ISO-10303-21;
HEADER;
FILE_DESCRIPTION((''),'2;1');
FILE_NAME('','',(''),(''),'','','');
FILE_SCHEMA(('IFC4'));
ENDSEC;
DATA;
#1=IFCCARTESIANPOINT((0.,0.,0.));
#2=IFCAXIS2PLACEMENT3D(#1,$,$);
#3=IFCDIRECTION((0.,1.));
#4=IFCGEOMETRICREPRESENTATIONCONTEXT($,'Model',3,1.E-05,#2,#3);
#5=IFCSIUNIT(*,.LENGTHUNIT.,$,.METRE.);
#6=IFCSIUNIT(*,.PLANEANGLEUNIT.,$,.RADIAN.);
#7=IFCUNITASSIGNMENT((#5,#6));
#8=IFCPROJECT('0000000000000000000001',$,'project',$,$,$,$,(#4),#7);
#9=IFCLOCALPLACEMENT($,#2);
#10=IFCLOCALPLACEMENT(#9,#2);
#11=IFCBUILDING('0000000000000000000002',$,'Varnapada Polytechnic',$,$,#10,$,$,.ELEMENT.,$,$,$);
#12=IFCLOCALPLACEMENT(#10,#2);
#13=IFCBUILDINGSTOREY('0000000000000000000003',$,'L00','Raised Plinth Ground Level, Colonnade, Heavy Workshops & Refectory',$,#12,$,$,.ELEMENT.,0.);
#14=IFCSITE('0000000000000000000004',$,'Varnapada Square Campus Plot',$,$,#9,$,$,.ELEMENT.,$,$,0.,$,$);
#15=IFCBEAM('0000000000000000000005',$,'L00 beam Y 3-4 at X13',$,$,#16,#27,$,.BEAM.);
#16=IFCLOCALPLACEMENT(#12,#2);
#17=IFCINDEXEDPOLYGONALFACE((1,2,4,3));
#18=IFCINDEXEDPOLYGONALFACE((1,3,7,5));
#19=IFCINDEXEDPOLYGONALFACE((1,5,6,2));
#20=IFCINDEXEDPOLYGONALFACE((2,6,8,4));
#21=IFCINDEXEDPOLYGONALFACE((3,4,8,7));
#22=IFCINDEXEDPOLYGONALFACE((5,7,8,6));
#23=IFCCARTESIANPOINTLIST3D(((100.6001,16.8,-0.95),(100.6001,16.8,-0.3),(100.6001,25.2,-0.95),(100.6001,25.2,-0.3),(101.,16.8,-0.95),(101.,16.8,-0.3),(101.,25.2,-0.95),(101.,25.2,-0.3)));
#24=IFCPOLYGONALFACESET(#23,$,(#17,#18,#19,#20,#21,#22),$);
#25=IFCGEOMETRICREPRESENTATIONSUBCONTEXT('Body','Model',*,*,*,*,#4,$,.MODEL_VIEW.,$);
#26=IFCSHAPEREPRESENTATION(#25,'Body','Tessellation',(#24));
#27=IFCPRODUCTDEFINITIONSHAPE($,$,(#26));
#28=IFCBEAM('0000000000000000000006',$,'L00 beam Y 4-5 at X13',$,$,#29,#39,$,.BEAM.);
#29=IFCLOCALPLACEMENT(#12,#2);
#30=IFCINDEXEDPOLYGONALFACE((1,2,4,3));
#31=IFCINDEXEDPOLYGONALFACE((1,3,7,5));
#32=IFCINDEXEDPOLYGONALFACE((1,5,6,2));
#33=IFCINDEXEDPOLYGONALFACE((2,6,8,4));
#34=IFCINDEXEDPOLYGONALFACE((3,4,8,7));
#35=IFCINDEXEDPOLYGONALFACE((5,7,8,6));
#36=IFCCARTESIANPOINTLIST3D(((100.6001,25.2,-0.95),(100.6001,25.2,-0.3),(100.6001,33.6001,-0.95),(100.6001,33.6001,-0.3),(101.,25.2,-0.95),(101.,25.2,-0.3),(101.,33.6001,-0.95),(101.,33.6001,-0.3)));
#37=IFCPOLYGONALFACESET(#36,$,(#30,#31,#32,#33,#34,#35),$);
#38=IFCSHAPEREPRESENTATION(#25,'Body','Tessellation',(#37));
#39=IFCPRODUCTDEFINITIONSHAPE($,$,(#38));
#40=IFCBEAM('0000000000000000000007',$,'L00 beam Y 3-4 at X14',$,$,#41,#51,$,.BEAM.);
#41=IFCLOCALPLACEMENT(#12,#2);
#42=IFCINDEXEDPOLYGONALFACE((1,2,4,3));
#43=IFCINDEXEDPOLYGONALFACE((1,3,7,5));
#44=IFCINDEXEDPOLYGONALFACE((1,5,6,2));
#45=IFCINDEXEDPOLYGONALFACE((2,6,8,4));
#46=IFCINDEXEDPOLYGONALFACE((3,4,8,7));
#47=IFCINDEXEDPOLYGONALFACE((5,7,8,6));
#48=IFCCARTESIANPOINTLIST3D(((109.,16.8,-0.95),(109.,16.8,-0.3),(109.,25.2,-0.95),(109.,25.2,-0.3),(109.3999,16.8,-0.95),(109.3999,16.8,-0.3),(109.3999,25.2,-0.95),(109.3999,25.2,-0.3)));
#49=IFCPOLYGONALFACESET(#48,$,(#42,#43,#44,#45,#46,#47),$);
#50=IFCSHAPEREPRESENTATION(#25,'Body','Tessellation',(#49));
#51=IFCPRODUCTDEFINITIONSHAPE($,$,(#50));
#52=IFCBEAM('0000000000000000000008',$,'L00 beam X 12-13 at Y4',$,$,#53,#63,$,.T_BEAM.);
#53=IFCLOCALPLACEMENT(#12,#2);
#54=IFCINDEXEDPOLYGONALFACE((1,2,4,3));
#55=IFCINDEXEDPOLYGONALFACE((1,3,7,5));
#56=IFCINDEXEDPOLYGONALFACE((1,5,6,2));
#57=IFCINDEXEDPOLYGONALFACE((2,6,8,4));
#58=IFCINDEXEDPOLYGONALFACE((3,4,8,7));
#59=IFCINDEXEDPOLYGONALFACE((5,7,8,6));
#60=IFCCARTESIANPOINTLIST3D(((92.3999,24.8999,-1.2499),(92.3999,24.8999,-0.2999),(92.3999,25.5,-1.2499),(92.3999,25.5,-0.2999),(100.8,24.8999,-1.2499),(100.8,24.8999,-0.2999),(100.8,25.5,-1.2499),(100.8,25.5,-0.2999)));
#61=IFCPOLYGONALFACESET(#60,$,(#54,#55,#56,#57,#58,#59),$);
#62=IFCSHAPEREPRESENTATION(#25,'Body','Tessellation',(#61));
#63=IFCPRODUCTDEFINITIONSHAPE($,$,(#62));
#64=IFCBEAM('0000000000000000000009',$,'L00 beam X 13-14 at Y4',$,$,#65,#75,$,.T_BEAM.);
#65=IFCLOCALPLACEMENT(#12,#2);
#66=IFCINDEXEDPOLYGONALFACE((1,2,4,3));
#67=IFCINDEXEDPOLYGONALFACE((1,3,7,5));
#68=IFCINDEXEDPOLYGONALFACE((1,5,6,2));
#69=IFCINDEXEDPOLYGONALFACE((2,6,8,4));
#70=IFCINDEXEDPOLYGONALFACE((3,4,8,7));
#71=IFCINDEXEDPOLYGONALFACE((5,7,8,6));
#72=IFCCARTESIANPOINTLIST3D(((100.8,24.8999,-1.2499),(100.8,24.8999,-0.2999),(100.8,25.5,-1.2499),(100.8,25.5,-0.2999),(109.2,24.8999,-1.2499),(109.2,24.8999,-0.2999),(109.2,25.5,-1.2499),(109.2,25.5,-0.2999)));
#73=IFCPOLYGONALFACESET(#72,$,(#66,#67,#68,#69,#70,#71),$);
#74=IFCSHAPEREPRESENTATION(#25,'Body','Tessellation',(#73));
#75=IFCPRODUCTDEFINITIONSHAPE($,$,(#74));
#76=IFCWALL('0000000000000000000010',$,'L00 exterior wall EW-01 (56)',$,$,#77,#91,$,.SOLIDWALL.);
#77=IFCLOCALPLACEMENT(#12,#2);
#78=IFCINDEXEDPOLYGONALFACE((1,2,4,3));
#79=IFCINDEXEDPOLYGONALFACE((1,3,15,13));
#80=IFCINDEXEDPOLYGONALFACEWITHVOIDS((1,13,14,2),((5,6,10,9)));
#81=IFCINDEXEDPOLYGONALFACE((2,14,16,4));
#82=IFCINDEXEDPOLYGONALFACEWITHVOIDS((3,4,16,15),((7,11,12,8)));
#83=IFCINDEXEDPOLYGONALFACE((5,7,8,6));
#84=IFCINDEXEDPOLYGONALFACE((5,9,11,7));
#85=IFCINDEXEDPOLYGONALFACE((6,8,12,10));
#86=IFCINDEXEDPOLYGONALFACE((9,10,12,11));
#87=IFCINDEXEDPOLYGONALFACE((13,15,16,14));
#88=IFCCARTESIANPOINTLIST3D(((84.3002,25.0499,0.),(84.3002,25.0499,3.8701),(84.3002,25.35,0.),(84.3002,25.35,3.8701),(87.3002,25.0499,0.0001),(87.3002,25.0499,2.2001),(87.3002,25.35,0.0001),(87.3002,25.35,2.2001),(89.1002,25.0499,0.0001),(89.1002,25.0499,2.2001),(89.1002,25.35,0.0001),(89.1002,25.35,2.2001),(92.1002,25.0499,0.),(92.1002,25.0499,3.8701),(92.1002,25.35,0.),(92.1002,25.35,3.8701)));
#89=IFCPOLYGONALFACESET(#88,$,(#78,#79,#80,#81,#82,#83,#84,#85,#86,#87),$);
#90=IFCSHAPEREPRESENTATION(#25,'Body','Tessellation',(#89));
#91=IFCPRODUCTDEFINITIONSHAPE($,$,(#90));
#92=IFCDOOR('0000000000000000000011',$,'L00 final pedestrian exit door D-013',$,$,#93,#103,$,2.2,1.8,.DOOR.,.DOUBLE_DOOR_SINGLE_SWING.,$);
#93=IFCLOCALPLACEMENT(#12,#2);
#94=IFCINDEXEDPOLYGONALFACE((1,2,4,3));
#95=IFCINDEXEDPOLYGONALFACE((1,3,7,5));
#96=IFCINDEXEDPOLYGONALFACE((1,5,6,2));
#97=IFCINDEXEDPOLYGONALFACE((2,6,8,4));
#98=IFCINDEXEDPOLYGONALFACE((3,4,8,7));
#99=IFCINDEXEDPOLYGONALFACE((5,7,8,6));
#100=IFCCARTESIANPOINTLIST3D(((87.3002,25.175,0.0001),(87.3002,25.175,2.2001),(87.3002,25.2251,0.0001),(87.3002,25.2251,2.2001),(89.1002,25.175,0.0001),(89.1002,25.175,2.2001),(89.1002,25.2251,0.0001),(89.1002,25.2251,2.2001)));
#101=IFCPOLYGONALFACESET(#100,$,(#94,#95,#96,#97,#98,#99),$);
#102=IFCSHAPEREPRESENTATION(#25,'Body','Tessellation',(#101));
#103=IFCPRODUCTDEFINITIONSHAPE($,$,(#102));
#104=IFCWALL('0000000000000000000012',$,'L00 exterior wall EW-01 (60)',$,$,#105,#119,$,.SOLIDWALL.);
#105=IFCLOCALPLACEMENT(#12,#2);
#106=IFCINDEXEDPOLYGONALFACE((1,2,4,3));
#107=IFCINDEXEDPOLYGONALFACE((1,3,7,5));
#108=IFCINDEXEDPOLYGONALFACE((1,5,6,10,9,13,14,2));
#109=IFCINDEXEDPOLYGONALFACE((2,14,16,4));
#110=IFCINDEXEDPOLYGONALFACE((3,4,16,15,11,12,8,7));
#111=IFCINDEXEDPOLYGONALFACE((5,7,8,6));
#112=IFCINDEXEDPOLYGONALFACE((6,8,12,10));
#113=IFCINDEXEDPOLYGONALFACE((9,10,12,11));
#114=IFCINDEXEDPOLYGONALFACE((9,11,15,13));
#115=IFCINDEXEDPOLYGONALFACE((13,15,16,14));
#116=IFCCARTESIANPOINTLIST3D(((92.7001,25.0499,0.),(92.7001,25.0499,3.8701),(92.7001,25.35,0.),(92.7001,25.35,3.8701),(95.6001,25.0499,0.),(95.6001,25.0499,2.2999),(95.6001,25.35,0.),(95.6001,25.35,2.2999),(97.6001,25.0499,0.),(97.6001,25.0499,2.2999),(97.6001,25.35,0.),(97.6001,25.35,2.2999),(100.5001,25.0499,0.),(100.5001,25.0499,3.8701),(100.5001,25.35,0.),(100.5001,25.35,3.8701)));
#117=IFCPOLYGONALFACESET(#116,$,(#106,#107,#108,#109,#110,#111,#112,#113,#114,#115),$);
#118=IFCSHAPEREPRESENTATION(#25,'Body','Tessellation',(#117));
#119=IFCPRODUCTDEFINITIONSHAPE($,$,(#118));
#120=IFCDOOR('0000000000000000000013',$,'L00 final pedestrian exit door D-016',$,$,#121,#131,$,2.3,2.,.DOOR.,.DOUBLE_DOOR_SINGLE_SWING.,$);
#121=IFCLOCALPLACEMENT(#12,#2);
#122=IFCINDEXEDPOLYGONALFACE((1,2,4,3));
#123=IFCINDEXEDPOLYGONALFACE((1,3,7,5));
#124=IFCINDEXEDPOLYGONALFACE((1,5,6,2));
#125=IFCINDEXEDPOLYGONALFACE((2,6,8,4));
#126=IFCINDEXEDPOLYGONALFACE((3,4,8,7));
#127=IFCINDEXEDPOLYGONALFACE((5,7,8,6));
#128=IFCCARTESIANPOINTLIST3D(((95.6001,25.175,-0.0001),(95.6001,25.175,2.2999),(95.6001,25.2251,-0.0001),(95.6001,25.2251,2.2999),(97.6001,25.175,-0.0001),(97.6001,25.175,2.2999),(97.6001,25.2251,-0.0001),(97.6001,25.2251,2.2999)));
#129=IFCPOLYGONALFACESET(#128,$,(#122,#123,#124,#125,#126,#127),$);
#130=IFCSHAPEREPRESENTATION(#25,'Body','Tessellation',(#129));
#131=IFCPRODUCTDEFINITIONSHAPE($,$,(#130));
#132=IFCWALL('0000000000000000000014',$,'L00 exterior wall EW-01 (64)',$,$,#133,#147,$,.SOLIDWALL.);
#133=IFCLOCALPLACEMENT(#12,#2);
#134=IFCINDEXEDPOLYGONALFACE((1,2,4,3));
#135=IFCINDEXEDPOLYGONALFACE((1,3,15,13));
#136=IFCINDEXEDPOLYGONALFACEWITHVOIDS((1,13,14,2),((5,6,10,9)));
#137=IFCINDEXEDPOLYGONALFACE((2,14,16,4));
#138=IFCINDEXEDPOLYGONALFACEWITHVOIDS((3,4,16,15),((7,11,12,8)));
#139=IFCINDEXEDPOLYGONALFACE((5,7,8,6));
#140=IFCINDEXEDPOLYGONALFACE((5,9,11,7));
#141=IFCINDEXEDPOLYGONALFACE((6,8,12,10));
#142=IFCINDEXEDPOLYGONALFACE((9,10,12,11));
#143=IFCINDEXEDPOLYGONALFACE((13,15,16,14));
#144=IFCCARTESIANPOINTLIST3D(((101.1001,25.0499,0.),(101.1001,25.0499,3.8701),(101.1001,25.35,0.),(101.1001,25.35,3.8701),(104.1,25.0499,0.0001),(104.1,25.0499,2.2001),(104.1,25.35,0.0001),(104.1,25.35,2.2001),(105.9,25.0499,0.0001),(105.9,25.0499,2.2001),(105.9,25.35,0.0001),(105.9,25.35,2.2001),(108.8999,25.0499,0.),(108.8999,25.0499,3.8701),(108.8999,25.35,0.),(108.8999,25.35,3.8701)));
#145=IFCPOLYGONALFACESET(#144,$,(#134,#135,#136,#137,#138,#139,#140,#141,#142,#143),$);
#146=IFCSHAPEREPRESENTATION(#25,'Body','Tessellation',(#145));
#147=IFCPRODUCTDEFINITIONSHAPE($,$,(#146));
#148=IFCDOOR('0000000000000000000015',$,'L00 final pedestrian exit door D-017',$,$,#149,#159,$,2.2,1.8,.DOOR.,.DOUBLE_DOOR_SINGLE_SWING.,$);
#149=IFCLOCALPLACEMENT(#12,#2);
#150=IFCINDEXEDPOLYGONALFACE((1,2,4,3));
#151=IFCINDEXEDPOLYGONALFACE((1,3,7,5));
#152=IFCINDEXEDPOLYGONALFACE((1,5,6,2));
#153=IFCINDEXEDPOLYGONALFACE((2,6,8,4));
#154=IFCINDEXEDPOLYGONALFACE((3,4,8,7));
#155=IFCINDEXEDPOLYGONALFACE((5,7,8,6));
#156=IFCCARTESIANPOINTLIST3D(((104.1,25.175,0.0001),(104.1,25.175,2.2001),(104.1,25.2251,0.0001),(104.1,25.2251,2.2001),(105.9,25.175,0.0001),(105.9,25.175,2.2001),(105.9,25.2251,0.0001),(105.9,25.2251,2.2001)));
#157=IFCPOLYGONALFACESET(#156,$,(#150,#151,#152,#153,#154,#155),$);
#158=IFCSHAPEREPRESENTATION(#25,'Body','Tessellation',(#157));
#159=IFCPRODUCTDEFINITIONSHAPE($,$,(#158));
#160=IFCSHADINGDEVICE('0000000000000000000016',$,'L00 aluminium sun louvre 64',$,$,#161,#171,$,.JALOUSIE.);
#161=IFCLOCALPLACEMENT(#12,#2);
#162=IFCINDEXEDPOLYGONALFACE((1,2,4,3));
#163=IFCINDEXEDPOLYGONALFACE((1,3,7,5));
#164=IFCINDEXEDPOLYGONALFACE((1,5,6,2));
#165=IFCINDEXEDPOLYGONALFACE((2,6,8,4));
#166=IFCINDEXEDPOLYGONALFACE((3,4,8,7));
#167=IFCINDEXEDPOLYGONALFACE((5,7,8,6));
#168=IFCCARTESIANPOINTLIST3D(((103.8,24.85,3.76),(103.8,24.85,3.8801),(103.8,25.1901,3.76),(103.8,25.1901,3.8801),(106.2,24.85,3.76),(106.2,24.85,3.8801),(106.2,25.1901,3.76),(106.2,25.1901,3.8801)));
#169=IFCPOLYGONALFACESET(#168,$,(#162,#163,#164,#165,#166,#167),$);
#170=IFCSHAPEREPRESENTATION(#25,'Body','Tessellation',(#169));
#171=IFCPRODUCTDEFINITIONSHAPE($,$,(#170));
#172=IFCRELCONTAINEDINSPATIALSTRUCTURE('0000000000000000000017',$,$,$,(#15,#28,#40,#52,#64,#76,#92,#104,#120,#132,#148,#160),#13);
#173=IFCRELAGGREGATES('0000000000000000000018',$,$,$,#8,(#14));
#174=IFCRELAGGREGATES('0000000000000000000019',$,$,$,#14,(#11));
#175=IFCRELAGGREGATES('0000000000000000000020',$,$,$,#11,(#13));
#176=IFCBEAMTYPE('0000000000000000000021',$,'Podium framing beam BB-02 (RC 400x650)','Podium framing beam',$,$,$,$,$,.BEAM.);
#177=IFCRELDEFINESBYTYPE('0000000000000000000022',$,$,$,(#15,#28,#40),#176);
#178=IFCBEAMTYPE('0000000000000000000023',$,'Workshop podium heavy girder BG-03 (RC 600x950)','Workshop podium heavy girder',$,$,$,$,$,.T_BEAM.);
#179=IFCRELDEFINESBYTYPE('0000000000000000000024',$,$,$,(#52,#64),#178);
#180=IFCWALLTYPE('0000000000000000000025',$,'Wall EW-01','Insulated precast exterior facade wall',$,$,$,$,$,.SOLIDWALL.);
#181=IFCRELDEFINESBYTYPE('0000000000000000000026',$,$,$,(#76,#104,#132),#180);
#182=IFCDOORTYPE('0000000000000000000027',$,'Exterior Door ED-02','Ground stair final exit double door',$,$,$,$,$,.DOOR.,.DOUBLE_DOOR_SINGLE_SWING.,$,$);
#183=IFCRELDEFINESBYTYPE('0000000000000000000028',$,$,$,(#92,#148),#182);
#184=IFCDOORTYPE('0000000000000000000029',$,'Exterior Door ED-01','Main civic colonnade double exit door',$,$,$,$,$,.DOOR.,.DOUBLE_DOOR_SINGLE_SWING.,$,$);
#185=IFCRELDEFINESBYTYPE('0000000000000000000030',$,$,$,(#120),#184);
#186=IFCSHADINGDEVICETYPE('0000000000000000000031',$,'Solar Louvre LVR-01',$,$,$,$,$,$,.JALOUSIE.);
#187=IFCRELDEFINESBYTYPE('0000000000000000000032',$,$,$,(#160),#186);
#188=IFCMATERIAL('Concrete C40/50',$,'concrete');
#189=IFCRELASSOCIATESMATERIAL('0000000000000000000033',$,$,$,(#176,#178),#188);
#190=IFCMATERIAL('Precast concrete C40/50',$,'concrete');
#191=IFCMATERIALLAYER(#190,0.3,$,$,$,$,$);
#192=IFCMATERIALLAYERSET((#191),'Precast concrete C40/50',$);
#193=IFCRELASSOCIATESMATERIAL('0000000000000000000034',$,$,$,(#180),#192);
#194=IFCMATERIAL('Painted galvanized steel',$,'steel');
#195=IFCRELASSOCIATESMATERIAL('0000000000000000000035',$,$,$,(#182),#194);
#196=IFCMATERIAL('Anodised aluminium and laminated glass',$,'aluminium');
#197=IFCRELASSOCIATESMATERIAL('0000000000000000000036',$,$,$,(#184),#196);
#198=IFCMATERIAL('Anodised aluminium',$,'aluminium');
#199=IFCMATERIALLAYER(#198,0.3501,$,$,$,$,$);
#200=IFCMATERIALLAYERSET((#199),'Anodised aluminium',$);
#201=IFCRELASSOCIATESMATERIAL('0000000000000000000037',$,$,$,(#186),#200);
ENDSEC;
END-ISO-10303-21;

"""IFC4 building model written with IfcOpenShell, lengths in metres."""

from ifc_helpers import new_model, si_unit, direction, frame, frame_2d, origin, origin_2d, place, context, subcontext, project, spatial, rectangle, extrude, material, layer, layer_set, material_profile, profile_set, type_object, element, fill, save


model = new_model("IFC4")

# Units and contexts
model_context = context("Model", 3, precision=1e-05, world=origin(), true_north=direction((0.0, 1.0)))
body_context = subcontext(model_context, "Body", "Model", "MODEL_VIEW")
ifc_project = project(units=[si_unit("LENGTHUNIT", "METRE"), si_unit("PLANEANGLEUNIT", "RADIAN")], contexts=[model_context])

# Site, building, storey
site_placement = place(None, origin())
site = spatial("IfcSite", under=ifc_project, at=site_placement, Name="Varnapada Square Campus Plot", CompositionType="ELEMENT", RefElevation=0.0)
building_placement = place(site_placement, origin())
building = spatial("IfcBuilding", under=site, at=building_placement, Name="Varnapada Polytechnic", CompositionType="ELEMENT")
storey_placement = place(building_placement, origin())
storey = spatial("IfcBuildingStorey", under=building, at=storey_placement, Name="L00", Description="Raised Plinth Ground Level, Colonnade, Heavy Workshops & Refectory", CompositionType="ELEMENT", Elevation=0.0)

# Shared definitions
ifc_material_1 = material(Name="Concrete C40/50", Category="concrete")

# Beams
ifc_material_profile_1 = material_profile(ifc_material_1, rectangle(XDim=0.3999, YDim=0.6499, at=origin_2d()), Name="RC 400x650")
ifc_profile_set_1 = profile_set([ifc_material_profile_1], Name="Concrete C40/50")
beam_type_1 = type_object("IfcBeamType", Name="Podium framing beam BB-02 (RC 400x650)", Description="Podium framing beam", PredefinedType="BEAM", material=ifc_profile_set_1)
beam_1_placement = place(storey_placement, frame((100.8, 16.8, -0.625), z_axis=(0.0, 1.0, 0.0), x_axis=(-1.0, 0.0, 0.0)))
element("IfcBeam", 1, at=beam_1_placement, inside=storey, type_object=beam_type_1, Name="L00 beam Y 3-4 at X13", PredefinedType="BEAM", context=body_context, shape_type="SweptSolid", body=[
    extrude(rectangle(XDim=0.3999, YDim=0.6499, at=origin_2d()), origin(), (0.0, 0.0, 1.0), 8.3999),
])
beam_2_placement = place(storey_placement, frame((100.8, 25.2, -0.625), z_axis=(0.0, 1.0, 0.0), x_axis=(-1.0, 0.0, 0.0)))
element("IfcBeam", 2, at=beam_2_placement, inside=storey, type_object=beam_type_1, Name="L00 beam Y 4-5 at X13", PredefinedType="BEAM", context=body_context, shape_type="SweptSolid", body=[
    extrude(rectangle(XDim=0.3999, YDim=0.6499, at=origin_2d()), origin(), (0.0, 0.0, 1.0), 8.4001),
])
beam_3_placement = place(storey_placement, frame((109.2, 16.8, -0.625), z_axis=(0.0, 1.0, 0.0), x_axis=(-1.0, 0.0, 0.0)))
element("IfcBeam", 3, at=beam_3_placement, inside=storey, type_object=beam_type_1, Name="L00 beam Y 3-4 at X14", PredefinedType="BEAM", context=body_context, shape_type="SweptSolid", body=[
    extrude(rectangle(XDim=0.3999, YDim=0.6499, at=origin_2d()), origin(), (0.0, 0.0, 1.0), 8.3999),
])
ifc_material_profile_2 = material_profile(ifc_material_1, rectangle(XDim=0.6001, YDim=0.95, at=origin_2d()), Name="RC 600x950")
ifc_profile_set_2 = profile_set([ifc_material_profile_2], Name="Concrete C40/50")
beam_type_2 = type_object("IfcBeamType", Name="Workshop podium heavy girder BG-03 (RC 600x950)", Description="Workshop podium heavy girder", PredefinedType="T_BEAM", material=ifc_profile_set_2)
beam_4_placement = place(storey_placement, frame((92.3999, 25.2, -0.7749), z_axis=(1.0, 0.0, 0.0), x_axis=(0.0, 1.0, 0.0)))
element("IfcBeam", 4, at=beam_4_placement, inside=storey, type_object=beam_type_2, Name="L00 beam X 12-13 at Y4", PredefinedType="T_BEAM", context=body_context, shape_type="SweptSolid", body=[
    extrude(rectangle(XDim=0.6001, YDim=0.95, at=origin_2d()), origin(), (0.0, 0.0, 1.0), 8.4001),
])
beam_5_placement = place(storey_placement, frame((100.8, 25.2, -0.7749), z_axis=(1.0, 0.0, 0.0), x_axis=(0.0, 1.0, 0.0)))
element("IfcBeam", 5, at=beam_5_placement, inside=storey, type_object=beam_type_2, Name="L00 beam X 13-14 at Y4", PredefinedType="T_BEAM", context=body_context, shape_type="SweptSolid", body=[
    extrude(rectangle(XDim=0.6001, YDim=0.95, at=origin_2d()), origin(), (0.0, 0.0, 1.0), 8.3999),
])

# Walls, openings, doors
ifc_material_2 = material(Name="Precast concrete C40/50", Category="concrete")
ifc_layer_1 = layer(ifc_material_2, 0.3)
ifc_layer_set_1 = layer_set([ifc_layer_1], Name="Precast concrete C40/50")
wall_type = type_object("IfcWallType", Name="Wall EW-01", Description="Insulated precast exterior facade wall", PredefinedType="SOLIDWALL", material=ifc_layer_set_1)
wall_1_placement = place(storey_placement, frame((92.1001, 25.2, 0.0), z_axis=(0.0, 0.0, 1.0), x_axis=(-1.0, 0.0, 0.0)))
wall_1 = element("IfcWall", 6, at=wall_1_placement, inside=storey, type_object=wall_type, Name="L00 exterior wall EW-01 (56)", PredefinedType="SOLIDWALL", context=body_context, shape_type="SweptSolid", body=[
    extrude(rectangle(XDim=7.8, YDim=0.3, at=frame_2d((3.8999, 0.0))), origin(), (0.0, 0.0, 1.0), 3.8701),
])
opening_1_placement = place(wall_1_placement, frame((3.0, 0.0, 0.0)))
opening_1 = element("IfcOpeningElement", 7, at=opening_1_placement, cuts=wall_1, PredefinedType="OPENING", context=body_context, shape_type="SweptSolid", body=[
    extrude(rectangle(XDim=1.8, YDim=2.2, at=frame_2d((0.8999, 1.1001))), frame((0.0, 0.1599, 0.0), z_axis=(0.0, -1.0, 0.0), x_axis=(1.0, 0.0, 0.0)), (0.0, 0.0, 1.0), 0.3201),
])
ifc_material_3 = material(Name="Painted galvanized steel", Category="steel")
door_type_1 = type_object("IfcDoorType", Name="Exterior Door ED-02", Description="Ground stair final exit double door", OperationType="DOUBLE_DOOR_SINGLE_SWING", PredefinedType="DOOR", material=ifc_material_3)
door_1_placement = place(opening_1_placement, origin())
door_1 = element("IfcDoor", 8, at=door_1_placement, inside=storey, type_object=door_type_1, Name="L00 final pedestrian exit door D-013", OperationType="DOUBLE_DOOR_SINGLE_SWING", OverallHeight=2.2, OverallWidth=1.8, PredefinedType="DOOR", context=body_context, shape_type="SweptSolid", body=[
    extrude(rectangle(XDim=1.8, YDim=2.2, at=frame_2d((0.8999, 1.1001))), frame((0.0, 0.0249, 0.0), z_axis=(0.0, -1.0, 0.0), x_axis=(1.0, 0.0, 0.0)), (0.0, 0.0, 1.0), 0.05),
])
fill(opening_1, door_1)
wall_2_placement = place(storey_placement, frame((100.5, 25.2, 0.0), z_axis=(0.0, 0.0, 1.0), x_axis=(-1.0, 0.0, 0.0)))
wall_2 = element("IfcWall", 9, at=wall_2_placement, inside=storey, type_object=wall_type, Name="L00 exterior wall EW-01 (60)", PredefinedType="SOLIDWALL", context=body_context, shape_type="SweptSolid", body=[
    extrude(rectangle(XDim=7.8, YDim=0.3, at=frame_2d((3.8999, 0.0))), origin(), (0.0, 0.0, 1.0), 3.8701),
])
opening_2_placement = place(wall_2_placement, frame((2.8999, 0.0, 0.0)))
opening_2 = element("IfcOpeningElement", 10, at=opening_2_placement, cuts=wall_2, PredefinedType="OPENING", context=body_context, shape_type="SweptSolid", body=[
    extrude(rectangle(XDim=2.0, YDim=2.3, at=frame_2d((1.0, 1.1499))), frame((0.0, 0.1599, 0.0), z_axis=(0.0, -1.0, 0.0), x_axis=(1.0, 0.0, 0.0)), (0.0, 0.0, 1.0), 0.3201),
])
ifc_material_4 = material(Name="Anodised aluminium and laminated glass", Category="aluminium")
door_type_2 = type_object("IfcDoorType", Name="Exterior Door ED-01", Description="Main civic colonnade double exit door", OperationType="DOUBLE_DOOR_SINGLE_SWING", PredefinedType="DOOR", material=ifc_material_4)
door_2_placement = place(opening_2_placement, origin())
door_2 = element("IfcDoor", 11, at=door_2_placement, inside=storey, type_object=door_type_2, Name="L00 final pedestrian exit door D-016", OperationType="DOUBLE_DOOR_SINGLE_SWING", OverallHeight=2.3, OverallWidth=2.0, PredefinedType="DOOR", context=body_context, shape_type="SweptSolid", body=[
    extrude(rectangle(XDim=2.0, YDim=2.3, at=frame_2d((1.0, 1.1499))), frame((0.0, 0.0249, 0.0), z_axis=(0.0, -1.0, 0.0), x_axis=(1.0, 0.0, 0.0)), (0.0, 0.0, 1.0), 0.05),
])
fill(opening_2, door_2)
wall_3_placement = place(storey_placement, frame((108.8999, 25.2, 0.0), z_axis=(0.0, 0.0, 1.0), x_axis=(-1.0, 0.0, 0.0)))
wall_3 = element("IfcWall", 12, at=wall_3_placement, inside=storey, type_object=wall_type, Name="L00 exterior wall EW-01 (64)", PredefinedType="SOLIDWALL", context=body_context, shape_type="SweptSolid", body=[
    extrude(rectangle(XDim=7.7998, YDim=0.3, at=frame_2d((3.8999, 0.0))), origin(), (0.0, 0.0, 1.0), 3.8701),
])
opening_3_placement = place(wall_3_placement, frame((3.0, 0.0, 0.0)))
opening_3 = element("IfcOpeningElement", 13, at=opening_3_placement, cuts=wall_3, PredefinedType="OPENING", context=body_context, shape_type="SweptSolid", body=[
    extrude(rectangle(XDim=1.8, YDim=2.2, at=frame_2d((0.8999, 1.1001))), frame((0.0, 0.1599, 0.0), z_axis=(0.0, -1.0, 0.0), x_axis=(1.0, 0.0, 0.0)), (0.0, 0.0, 1.0), 0.3201),
])
door_3_placement = place(opening_3_placement, origin())
door_3 = element("IfcDoor", 14, at=door_3_placement, inside=storey, type_object=door_type_1, Name="L00 final pedestrian exit door D-017", OperationType="DOUBLE_DOOR_SINGLE_SWING", OverallHeight=2.2, OverallWidth=1.8, PredefinedType="DOOR", context=body_context, shape_type="SweptSolid", body=[
    extrude(rectangle(XDim=1.8, YDim=2.2, at=frame_2d((0.8999, 1.1001))), frame((0.0, 0.0249, 0.0), z_axis=(0.0, -1.0, 0.0), x_axis=(1.0, 0.0, 0.0)), (0.0, 0.0, 1.0), 0.05),
])
fill(opening_3, door_3)

# Shading device
ifc_material_5 = material(Name="Anodised aluminium", Category="aluminium")
ifc_layer_2 = layer(ifc_material_5, 0.3501)
ifc_layer_set_2 = layer_set([ifc_layer_2], Name="Anodised aluminium")
shading_device_type = type_object("IfcShadingDeviceType", Name="Solar Louvre LVR-01", PredefinedType="JALOUSIE", material=ifc_layer_set_2)
shading_device_placement = place(storey_placement, frame((105.0, 25.02, 3.76), z_axis=(0.0, 0.0, 1.0), x_axis=(-1.0, 0.0, 0.0)))
element("IfcShadingDevice", 15, at=shading_device_placement, inside=storey, type_object=shading_device_type, Name="L00 aluminium sun louvre 64", PredefinedType="JALOUSIE", context=body_context, shape_type="SweptSolid", body=[
    extrude(rectangle(XDim=2.3999, YDim=0.3401, at=origin_2d()), origin(), (0.0, 0.0, 1.0), 0.1201),
])

save(model, "model.ifc")
